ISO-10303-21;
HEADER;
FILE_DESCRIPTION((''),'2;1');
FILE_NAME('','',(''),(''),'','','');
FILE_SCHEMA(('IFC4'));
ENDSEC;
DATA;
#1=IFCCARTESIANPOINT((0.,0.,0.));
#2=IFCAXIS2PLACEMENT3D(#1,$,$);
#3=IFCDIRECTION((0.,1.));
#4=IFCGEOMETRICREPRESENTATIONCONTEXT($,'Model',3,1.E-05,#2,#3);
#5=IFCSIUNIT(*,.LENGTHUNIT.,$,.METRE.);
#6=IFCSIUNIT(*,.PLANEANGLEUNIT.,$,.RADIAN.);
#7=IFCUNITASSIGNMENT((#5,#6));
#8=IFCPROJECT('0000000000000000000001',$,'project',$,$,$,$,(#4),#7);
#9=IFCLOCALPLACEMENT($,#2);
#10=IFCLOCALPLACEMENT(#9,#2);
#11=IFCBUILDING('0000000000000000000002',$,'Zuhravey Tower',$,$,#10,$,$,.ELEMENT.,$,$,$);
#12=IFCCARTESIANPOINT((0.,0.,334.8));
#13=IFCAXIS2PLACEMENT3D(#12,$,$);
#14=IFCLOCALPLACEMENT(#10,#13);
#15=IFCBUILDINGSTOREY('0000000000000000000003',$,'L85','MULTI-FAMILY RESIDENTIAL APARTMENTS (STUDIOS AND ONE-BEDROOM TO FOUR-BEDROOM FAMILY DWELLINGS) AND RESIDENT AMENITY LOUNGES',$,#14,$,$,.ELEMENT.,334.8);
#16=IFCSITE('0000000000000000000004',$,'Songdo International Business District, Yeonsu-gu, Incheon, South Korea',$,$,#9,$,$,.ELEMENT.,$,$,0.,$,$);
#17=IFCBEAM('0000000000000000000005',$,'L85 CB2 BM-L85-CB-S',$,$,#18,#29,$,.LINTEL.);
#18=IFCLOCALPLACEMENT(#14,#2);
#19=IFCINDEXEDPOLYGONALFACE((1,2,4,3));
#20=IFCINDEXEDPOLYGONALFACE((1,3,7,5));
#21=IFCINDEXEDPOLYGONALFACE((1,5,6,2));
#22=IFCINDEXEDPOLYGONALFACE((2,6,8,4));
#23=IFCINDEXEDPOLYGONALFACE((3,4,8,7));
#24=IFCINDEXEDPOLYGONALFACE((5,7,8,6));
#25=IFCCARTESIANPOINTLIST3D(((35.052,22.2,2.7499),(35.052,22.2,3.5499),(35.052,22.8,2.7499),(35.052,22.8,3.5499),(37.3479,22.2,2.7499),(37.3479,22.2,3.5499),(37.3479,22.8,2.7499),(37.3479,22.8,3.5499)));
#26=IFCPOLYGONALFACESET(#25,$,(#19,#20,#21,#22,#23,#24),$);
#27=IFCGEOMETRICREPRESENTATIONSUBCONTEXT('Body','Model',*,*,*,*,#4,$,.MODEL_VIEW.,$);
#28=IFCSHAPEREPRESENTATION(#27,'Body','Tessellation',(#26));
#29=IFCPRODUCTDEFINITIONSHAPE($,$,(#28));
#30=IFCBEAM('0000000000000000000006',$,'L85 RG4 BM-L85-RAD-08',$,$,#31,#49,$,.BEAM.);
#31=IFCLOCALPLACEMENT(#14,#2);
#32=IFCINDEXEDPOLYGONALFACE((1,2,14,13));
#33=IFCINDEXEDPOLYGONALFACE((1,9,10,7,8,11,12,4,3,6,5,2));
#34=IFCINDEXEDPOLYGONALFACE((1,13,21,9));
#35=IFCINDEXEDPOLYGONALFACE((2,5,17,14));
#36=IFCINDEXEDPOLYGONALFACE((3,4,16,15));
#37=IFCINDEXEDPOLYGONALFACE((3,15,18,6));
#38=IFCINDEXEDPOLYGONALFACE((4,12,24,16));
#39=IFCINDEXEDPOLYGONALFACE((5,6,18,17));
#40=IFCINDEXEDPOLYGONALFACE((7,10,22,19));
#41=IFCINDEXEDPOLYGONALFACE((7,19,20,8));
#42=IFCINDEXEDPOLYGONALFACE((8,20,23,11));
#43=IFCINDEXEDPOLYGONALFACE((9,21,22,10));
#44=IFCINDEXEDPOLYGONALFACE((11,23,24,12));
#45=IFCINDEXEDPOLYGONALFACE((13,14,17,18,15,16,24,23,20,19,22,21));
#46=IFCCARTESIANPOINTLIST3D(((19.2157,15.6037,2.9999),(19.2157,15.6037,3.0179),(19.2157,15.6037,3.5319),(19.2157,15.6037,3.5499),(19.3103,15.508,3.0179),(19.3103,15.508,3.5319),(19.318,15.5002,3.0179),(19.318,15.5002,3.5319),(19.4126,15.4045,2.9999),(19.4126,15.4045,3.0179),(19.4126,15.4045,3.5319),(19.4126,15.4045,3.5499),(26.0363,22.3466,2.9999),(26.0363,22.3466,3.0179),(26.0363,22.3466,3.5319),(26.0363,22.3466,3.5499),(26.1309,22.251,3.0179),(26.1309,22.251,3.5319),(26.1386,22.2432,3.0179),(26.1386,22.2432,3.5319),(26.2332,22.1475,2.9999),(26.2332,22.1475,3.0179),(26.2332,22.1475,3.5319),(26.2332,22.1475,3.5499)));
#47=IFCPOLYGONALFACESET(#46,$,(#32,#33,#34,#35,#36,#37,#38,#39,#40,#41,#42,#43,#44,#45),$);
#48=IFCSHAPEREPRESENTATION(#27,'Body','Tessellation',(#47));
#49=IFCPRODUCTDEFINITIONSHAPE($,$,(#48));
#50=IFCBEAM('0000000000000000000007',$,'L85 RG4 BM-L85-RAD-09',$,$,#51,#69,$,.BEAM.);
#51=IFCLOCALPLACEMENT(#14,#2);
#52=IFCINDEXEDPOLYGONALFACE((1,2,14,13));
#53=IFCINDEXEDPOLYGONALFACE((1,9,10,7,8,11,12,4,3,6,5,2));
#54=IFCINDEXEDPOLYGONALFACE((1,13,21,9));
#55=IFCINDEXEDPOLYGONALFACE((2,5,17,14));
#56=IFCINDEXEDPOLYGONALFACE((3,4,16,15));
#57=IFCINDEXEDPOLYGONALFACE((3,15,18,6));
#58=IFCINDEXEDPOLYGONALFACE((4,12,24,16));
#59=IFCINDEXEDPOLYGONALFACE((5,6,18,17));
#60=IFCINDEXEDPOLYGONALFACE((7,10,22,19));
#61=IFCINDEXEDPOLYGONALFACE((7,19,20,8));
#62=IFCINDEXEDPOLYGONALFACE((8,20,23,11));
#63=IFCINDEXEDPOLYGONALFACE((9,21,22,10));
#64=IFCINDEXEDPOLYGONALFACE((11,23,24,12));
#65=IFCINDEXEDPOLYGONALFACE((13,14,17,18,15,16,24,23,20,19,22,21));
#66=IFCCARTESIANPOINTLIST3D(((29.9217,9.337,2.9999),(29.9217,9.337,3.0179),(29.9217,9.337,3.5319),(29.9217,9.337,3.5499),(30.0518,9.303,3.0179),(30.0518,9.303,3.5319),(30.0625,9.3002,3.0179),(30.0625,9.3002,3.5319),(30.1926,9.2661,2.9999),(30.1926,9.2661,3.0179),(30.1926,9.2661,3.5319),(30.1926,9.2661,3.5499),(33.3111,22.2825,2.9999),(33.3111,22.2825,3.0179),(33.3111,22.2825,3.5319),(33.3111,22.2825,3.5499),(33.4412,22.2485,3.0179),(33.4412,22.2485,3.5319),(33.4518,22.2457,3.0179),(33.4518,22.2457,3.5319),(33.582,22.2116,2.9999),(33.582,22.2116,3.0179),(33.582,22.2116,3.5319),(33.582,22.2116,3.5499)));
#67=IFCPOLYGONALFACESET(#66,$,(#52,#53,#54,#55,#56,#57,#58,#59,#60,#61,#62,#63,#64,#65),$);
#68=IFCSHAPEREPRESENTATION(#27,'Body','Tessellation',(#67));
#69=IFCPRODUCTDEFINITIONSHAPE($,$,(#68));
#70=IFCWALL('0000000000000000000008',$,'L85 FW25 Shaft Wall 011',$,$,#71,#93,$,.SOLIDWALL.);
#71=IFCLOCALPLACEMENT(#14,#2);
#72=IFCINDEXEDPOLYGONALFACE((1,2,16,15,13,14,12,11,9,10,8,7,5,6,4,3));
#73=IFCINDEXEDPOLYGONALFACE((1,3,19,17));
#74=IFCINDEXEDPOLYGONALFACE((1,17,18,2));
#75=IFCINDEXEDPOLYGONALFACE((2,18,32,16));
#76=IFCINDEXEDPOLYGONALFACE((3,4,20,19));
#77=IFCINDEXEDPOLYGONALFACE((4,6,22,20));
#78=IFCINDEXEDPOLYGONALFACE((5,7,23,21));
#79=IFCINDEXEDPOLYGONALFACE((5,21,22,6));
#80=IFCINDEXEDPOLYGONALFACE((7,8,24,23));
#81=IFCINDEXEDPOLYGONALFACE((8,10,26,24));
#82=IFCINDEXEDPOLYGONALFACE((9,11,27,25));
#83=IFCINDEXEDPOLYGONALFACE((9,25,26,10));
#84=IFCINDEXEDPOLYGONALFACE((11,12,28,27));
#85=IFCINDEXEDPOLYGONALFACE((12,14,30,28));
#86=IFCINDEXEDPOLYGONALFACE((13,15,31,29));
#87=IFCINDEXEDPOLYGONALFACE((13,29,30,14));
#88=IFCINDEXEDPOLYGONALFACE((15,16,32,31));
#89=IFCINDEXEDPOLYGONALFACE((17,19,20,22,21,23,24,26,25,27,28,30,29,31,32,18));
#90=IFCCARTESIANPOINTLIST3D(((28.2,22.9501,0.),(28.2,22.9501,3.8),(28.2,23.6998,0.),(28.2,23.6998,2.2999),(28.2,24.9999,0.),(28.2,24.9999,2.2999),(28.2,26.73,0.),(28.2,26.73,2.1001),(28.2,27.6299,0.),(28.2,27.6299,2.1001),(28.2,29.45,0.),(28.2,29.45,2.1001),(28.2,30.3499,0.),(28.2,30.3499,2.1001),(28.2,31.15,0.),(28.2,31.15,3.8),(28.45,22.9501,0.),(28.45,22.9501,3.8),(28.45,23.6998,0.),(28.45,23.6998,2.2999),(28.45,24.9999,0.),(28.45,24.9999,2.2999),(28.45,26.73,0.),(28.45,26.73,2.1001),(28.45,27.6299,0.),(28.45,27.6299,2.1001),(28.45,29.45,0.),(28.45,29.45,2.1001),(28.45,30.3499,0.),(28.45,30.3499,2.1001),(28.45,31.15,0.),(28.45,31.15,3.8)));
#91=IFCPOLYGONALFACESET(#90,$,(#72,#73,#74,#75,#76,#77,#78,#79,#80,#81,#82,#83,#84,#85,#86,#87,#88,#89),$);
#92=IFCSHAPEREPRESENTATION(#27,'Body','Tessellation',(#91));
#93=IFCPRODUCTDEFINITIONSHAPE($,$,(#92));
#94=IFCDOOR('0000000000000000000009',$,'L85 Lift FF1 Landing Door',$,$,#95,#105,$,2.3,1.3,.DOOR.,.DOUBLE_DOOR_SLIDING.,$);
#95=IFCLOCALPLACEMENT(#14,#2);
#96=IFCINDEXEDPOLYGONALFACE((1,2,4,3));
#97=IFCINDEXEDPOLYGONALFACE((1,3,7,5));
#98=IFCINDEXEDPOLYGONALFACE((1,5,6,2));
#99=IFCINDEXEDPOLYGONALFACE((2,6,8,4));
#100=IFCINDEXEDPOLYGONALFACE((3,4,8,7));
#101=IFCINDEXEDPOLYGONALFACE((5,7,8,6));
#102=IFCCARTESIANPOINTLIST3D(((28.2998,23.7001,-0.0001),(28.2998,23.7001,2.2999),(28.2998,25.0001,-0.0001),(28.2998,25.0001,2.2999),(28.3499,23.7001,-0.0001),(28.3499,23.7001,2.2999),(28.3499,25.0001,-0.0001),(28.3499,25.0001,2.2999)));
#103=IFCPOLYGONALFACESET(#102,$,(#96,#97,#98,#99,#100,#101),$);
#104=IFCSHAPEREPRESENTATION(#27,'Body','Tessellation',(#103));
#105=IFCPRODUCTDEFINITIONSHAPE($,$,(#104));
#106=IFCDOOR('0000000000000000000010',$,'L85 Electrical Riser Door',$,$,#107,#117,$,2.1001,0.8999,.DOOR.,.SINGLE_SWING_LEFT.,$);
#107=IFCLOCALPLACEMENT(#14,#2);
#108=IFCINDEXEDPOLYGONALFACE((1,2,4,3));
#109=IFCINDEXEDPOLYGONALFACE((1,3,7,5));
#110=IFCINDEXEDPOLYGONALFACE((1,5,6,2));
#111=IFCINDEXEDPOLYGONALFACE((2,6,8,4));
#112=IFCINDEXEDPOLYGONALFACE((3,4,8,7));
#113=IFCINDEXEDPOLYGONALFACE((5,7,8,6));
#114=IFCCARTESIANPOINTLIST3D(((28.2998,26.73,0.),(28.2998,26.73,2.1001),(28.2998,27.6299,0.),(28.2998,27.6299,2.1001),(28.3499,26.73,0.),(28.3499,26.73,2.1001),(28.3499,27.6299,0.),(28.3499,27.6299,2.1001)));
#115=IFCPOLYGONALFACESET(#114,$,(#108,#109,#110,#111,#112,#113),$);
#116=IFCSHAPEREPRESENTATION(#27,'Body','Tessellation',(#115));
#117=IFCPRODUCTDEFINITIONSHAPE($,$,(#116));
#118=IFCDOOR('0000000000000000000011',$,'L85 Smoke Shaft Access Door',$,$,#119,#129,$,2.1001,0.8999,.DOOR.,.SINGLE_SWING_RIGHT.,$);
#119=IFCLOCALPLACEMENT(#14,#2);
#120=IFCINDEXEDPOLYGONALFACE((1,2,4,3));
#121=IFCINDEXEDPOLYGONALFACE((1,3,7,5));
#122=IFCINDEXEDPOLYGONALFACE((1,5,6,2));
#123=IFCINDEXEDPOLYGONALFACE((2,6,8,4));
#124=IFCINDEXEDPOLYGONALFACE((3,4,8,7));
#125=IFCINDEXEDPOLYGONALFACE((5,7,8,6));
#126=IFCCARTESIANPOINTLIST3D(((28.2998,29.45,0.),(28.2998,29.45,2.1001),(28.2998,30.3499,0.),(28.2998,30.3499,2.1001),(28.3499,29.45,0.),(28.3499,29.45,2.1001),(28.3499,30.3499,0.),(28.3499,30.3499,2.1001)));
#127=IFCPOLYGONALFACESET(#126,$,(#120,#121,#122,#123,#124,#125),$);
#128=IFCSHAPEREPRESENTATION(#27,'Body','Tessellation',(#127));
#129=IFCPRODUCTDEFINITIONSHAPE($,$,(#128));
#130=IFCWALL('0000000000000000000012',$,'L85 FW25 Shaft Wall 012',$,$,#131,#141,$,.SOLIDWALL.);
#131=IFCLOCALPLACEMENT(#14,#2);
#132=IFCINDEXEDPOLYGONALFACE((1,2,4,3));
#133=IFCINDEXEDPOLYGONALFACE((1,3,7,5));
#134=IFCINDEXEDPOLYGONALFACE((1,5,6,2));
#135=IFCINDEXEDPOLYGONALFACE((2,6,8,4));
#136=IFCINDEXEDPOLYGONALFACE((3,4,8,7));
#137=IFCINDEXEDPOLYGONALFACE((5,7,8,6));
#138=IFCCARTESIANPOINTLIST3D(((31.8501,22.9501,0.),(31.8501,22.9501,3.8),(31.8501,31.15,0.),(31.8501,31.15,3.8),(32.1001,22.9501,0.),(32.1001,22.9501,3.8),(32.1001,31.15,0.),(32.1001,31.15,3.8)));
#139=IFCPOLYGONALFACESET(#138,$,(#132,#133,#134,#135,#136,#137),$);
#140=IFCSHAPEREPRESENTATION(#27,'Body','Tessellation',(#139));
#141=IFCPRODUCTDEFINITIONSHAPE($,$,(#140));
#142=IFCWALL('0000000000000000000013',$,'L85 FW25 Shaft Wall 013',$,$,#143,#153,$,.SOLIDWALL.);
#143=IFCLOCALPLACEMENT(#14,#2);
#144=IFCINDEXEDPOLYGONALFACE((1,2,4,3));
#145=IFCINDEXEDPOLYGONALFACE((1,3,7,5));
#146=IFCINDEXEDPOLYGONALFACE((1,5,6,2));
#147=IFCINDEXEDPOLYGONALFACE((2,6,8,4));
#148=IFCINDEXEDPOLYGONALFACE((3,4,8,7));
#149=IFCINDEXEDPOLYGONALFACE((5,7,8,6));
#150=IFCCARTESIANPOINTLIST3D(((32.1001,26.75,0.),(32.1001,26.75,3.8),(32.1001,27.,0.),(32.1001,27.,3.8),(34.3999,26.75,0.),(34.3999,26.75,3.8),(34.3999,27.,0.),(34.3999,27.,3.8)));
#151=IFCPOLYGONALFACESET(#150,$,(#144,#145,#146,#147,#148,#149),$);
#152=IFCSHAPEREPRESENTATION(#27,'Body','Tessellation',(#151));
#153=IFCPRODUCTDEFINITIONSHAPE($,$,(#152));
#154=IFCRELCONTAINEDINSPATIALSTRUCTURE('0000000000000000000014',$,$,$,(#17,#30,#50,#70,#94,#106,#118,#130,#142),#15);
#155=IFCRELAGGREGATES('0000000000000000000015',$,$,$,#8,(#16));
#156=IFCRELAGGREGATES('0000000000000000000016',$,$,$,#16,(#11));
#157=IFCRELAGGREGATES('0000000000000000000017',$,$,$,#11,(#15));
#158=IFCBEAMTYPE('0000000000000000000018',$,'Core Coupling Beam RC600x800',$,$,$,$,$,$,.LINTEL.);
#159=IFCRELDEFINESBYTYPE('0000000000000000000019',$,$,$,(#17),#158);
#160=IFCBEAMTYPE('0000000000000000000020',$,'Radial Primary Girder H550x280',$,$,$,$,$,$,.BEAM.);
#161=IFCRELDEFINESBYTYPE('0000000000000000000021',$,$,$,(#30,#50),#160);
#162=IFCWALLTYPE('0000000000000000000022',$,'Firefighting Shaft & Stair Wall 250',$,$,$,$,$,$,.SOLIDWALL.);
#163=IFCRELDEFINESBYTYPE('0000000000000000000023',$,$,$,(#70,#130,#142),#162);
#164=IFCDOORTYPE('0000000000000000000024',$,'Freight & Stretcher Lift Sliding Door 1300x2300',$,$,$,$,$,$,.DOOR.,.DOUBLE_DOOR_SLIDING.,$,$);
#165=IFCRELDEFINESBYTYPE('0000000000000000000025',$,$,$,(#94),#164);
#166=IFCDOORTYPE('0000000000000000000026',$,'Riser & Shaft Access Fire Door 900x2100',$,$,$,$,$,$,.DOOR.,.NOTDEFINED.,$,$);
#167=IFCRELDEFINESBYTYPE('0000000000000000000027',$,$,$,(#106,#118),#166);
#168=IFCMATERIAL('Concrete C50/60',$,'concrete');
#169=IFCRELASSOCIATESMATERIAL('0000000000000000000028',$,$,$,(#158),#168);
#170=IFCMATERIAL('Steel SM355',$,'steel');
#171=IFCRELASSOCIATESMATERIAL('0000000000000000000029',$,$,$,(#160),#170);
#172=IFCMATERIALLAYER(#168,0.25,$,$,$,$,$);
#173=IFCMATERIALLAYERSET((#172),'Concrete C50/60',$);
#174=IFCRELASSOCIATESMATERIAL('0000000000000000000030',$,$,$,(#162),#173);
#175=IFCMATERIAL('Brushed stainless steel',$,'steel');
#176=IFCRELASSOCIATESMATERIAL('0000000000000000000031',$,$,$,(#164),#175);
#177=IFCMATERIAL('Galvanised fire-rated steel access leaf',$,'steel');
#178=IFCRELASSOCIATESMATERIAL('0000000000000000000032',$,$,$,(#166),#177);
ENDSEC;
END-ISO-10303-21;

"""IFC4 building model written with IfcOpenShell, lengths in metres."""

from ifc_helpers import new_model, si_unit, direction, frame, frame_2d, origin, origin_2d, place, context, subcontext, project, spatial, rectangle, i_section, extrude, material, layer, layer_set, material_profile, profile_set, type_object, element, fill, save


model = new_model("IFC4")

# Units and contexts
model_context = context("Model", 3, precision=1e-05, world=origin(), true_north=direction((0.0, 1.0)))
body_context = subcontext(model_context, "Body", "Model", "MODEL_VIEW")
ifc_project = project(units=[si_unit("LENGTHUNIT", "METRE"), si_unit("PLANEANGLEUNIT", "RADIAN")], contexts=[model_context])

# Site, building, storey
site_placement = place(None, origin())
site = spatial("IfcSite", under=ifc_project, at=site_placement, Name="Songdo International Business District, Yeonsu-gu, Incheon, South Korea", CompositionType="ELEMENT", RefElevation=0.0)
building_placement = place(site_placement, origin())
building = spatial("IfcBuilding", under=site, at=building_placement, Name="Zuhravey Tower", CompositionType="ELEMENT")
storey_placement = place(building_placement, frame((0.0, 0.0, 334.8)))
storey = spatial("IfcBuildingStorey", under=building, at=storey_placement, Name="L85", Description="MULTI-FAMILY RESIDENTIAL APARTMENTS (STUDIOS AND ONE-BEDROOM TO FOUR-BEDROOM FAMILY DWELLINGS) AND RESIDENT AMENITY LOUNGES", CompositionType="ELEMENT", Elevation=334.8)

# Beams
ifc_material_1 = material(Name="Concrete C50/60", Category="concrete")
ifc_material_profile_1 = material_profile(ifc_material_1, rectangle(XDim=0.6001, YDim=0.8, at=origin_2d()), Name="RC-600x800")
ifc_profile_set_1 = profile_set([ifc_material_profile_1], Name="Concrete C50/60")
beam_type_1 = type_object("IfcBeamType", Name="Core Coupling Beam RC600x800", PredefinedType="LINTEL", material=ifc_profile_set_1)
beam_1_placement = place(storey_placement, frame((35.052, 22.5, 3.1499), z_axis=(1.0, 0.0, 0.0), x_axis=(0.0, 1.0, 0.0)))
element("IfcBeam", 1, at=beam_1_placement, inside=storey, type_object=beam_type_1, Name="L85 CB2 BM-L85-CB-S", PredefinedType="LINTEL", context=body_context, shape_type="SweptSolid", body=[
    extrude(rectangle(XDim=0.6001, YDim=0.8, at=origin_2d()), origin(), (0.0, 0.0, 1.0), 2.2959),
])
ifc_material_2 = material(Name="Steel SM355", Category="steel")
ifc_material_profile_2 = material_profile(ifc_material_2, i_section(OverallWidth=0.28, OverallDepth=0.55, WebThickness=0.011, FlangeThickness=0.0181, at=origin_2d()), Name="H-550x280x11x18")
ifc_profile_set_2 = profile_set([ifc_material_profile_2], Name="Steel SM355")
beam_type_2 = type_object("IfcBeamType", Name="Radial Primary Girder H550x280", PredefinedType="BEAM", material=ifc_profile_set_2)
beam_2_placement = place(storey_placement, frame((26.1348, 22.2471, 3.2749), z_axis=(-0.711143, -0.703048, 0.0), x_axis=(0.703048, -0.711143, 0.0)))
element("IfcBeam", 2, at=beam_2_placement, inside=storey, type_object=beam_type_2, Name="L85 RG4 BM-L85-RAD-08", PredefinedType="BEAM", context=body_context, shape_type="SweptSolid", body=[
    extrude(i_section(OverallWidth=0.28, OverallDepth=0.55, WebThickness=0.011, FlangeThickness=0.0181, at=origin_2d()), origin(), (0.0, 0.0, 1.0), 9.5911),
])
beam_3_placement = place(storey_placement, frame((33.4465, 22.2471, 3.2749), z_axis=(-0.253283, -0.967392, 0.0), x_axis=(0.967392, -0.253283, 0.0)))
element("IfcBeam", 3, at=beam_3_placement, inside=storey, type_object=beam_type_2, Name="L85 RG4 BM-L85-RAD-09", PredefinedType="BEAM", context=body_context, shape_type="SweptSolid", body=[
    extrude(i_section(OverallWidth=0.28, OverallDepth=0.55, WebThickness=0.011, FlangeThickness=0.0181, at=origin_2d()), origin(), (0.0, 0.0, 1.0), 13.3818),
])

# Wall, openings, doors
ifc_layer_1 = layer(ifc_material_1, 0.25)
ifc_layer_set_1 = layer_set([ifc_layer_1], Name="Concrete C50/60")
wall_type_1 = type_object("IfcWallType", Name="Firefighting Shaft & Stair Wall 250", PredefinedType="SOLIDWALL", material=ifc_layer_set_1)
wall_1_placement = place(storey_placement, frame((28.325, 22.95, 0.0), z_axis=(0.0, 0.0, 1.0), x_axis=(0.0, 1.0, 0.0)))
wall_1 = element("IfcWall", 4, at=wall_1_placement, inside=storey, type_object=wall_type_1, Name="L85 FW25 Shaft Wall 011", PredefinedType="SOLIDWALL", context=body_context, shape_type="SweptSolid", body=[
    extrude(rectangle(XDim=8.2, YDim=0.25, at=frame_2d((4.1001, 0.0))), origin(), (0.0, 0.0, 1.0), 3.8),
])
opening_1_placement = place(wall_1_placement, frame((0.75, 0.0, 0.0)))
opening_1 = element("IfcOpeningElement", 5, at=opening_1_placement, cuts=wall_1, PredefinedType="OPENING", context=body_context, shape_type="SweptSolid", body=[
    extrude(rectangle(XDim=1.3, YDim=2.3, at=frame_2d((0.6499, 1.1499))), frame((0.0, 0.137, 0.0), z_axis=(0.0, -1.0, 0.0), x_axis=(1.0, 0.0, 0.0)), (0.0, 0.0, 1.0), 0.2739),
])
opening_2_placement = place(wall_1_placement, frame((3.78, 0.0, 0.0)))
opening_2 = element("IfcOpeningElement", 6, at=opening_2_placement, cuts=wall_1, PredefinedType="OPENING", context=body_context, shape_type="SweptSolid", body=[
    extrude(rectangle(XDim=0.8999, YDim=2.1001, at=frame_2d((0.45, 1.05))), frame((0.0, 0.137, 0.0), z_axis=(0.0, -1.0, 0.0), x_axis=(1.0, 0.0, 0.0)), (0.0, 0.0, 1.0), 0.2739),
])
opening_3_placement = place(wall_1_placement, frame((6.5, 0.0, 0.0)))
opening_3 = element("IfcOpeningElement", 7, at=opening_3_placement, cuts=wall_1, PredefinedType="OPENING", context=body_context, shape_type="SweptSolid", body=[
    extrude(rectangle(XDim=0.8999, YDim=2.1001, at=frame_2d((0.45, 1.05))), frame((0.0, 0.137, 0.0), z_axis=(0.0, -1.0, 0.0), x_axis=(1.0, 0.0, 0.0)), (0.0, 0.0, 1.0), 0.2739),
])
ifc_material_3 = material(Name="Brushed stainless steel", Category="steel")
door_type_1 = type_object("IfcDoorType", Name="Freight & Stretcher Lift Sliding Door 1300x2300", OperationType="DOUBLE_DOOR_SLIDING", PredefinedType="DOOR", material=ifc_material_3)
door_1_placement = place(opening_1_placement, frame((1.3, 0.0, 0.0), z_axis=(0.0, 0.0, 1.0), x_axis=(-1.0, 0.0, 0.0)))
door_1 = element("IfcDoor", 8, at=door_1_placement, inside=storey, type_object=door_type_1, Name="L85 Lift FF1 Landing Door", OperationType="DOUBLE_DOOR_SLIDING", OverallHeight=2.3, OverallWidth=1.3, PredefinedType="DOOR", context=body_context, shape_type="SweptSolid", body=[
    extrude(rectangle(XDim=1.3, YDim=2.3, at=frame_2d((0.6499, 1.1499))), frame((0.0, 0.0249, 0.0), z_axis=(0.0, -1.0, 0.0), x_axis=(1.0, 0.0, 0.0)), (0.0, 0.0, 1.0), 0.05),
])
fill(opening_1, door_1)
ifc_material_4 = material(Name="Galvanised fire-rated steel access leaf", Category="steel")
door_type_2 = type_object("IfcDoorType", Name="Riser & Shaft Access Fire Door 900x2100", OperationType="NOTDEFINED", PredefinedType="DOOR", material=ifc_material_4)
door_2_placement = place(opening_2_placement, frame((0.8999, 0.0, 0.0), z_axis=(0.0, 0.0, 1.0), x_axis=(-1.0, 0.0, 0.0)))
door_2 = element("IfcDoor", 9, at=door_2_placement, inside=storey, type_object=door_type_2, Name="L85 Electrical Riser Door", OperationType="SINGLE_SWING_LEFT", OverallHeight=2.1001, OverallWidth=0.8999, PredefinedType="DOOR", context=body_context, shape_type="SweptSolid", body=[
    extrude(rectangle(XDim=0.8999, YDim=2.1001, at=frame_2d((0.45, 1.05))), frame((0.0, 0.0249, 0.0), z_axis=(0.0, -1.0, 0.0), x_axis=(1.0, 0.0, 0.0)), (0.0, 0.0, 1.0), 0.05),
])
fill(opening_2, door_2)
door_3_placement = place(opening_3_placement, frame((0.8999, 0.0, 0.0), z_axis=(0.0, 0.0, 1.0), x_axis=(-1.0, 0.0, 0.0)))
door_3 = element("IfcDoor", 10, at=door_3_placement, inside=storey, type_object=door_type_2, Name="L85 Smoke Shaft Access Door", OperationType="SINGLE_SWING_RIGHT", OverallHeight=2.1001, OverallWidth=0.8999, PredefinedType="DOOR", context=body_context, shape_type="SweptSolid", body=[
    extrude(rectangle(XDim=0.8999, YDim=2.1001, at=frame_2d((0.45, 1.05))), frame((0.0, 0.0249, 0.0), z_axis=(0.0, -1.0, 0.0), x_axis=(1.0, 0.0, 0.0)), (0.0, 0.0, 1.0), 0.05),
])
fill(opening_3, door_3)

# Walls
wall_2_placement = place(storey_placement, frame((31.9751, 22.95, 0.0), z_axis=(0.0, 0.0, 1.0), x_axis=(0.0, 1.0, 0.0)))
element("IfcWall", 11, at=wall_2_placement, inside=storey, type_object=wall_type_1, Name="L85 FW25 Shaft Wall 012", PredefinedType="SOLIDWALL", context=body_context, shape_type="SweptSolid", body=[
    extrude(rectangle(XDim=8.2, YDim=0.25, at=frame_2d((4.1001, 0.0))), origin(), (0.0, 0.0, 1.0), 3.8),
])
wall_3_placement = place(storey_placement, frame((32.1001, 26.875, 0.0), z_axis=(0.0, 0.0, 1.0), x_axis=(1.0, 0.0, 0.0)))
element("IfcWall", 12, at=wall_3_placement, inside=storey, type_object=wall_type_1, Name="L85 FW25 Shaft Wall 013", PredefinedType="SOLIDWALL", context=body_context, shape_type="SweptSolid", body=[
    extrude(rectangle(XDim=2.2998, YDim=0.25, at=frame_2d((1.1499, 0.0))), origin(), (0.0, 0.0, 1.0), 3.8),
])

save(model, "model.ifc")
